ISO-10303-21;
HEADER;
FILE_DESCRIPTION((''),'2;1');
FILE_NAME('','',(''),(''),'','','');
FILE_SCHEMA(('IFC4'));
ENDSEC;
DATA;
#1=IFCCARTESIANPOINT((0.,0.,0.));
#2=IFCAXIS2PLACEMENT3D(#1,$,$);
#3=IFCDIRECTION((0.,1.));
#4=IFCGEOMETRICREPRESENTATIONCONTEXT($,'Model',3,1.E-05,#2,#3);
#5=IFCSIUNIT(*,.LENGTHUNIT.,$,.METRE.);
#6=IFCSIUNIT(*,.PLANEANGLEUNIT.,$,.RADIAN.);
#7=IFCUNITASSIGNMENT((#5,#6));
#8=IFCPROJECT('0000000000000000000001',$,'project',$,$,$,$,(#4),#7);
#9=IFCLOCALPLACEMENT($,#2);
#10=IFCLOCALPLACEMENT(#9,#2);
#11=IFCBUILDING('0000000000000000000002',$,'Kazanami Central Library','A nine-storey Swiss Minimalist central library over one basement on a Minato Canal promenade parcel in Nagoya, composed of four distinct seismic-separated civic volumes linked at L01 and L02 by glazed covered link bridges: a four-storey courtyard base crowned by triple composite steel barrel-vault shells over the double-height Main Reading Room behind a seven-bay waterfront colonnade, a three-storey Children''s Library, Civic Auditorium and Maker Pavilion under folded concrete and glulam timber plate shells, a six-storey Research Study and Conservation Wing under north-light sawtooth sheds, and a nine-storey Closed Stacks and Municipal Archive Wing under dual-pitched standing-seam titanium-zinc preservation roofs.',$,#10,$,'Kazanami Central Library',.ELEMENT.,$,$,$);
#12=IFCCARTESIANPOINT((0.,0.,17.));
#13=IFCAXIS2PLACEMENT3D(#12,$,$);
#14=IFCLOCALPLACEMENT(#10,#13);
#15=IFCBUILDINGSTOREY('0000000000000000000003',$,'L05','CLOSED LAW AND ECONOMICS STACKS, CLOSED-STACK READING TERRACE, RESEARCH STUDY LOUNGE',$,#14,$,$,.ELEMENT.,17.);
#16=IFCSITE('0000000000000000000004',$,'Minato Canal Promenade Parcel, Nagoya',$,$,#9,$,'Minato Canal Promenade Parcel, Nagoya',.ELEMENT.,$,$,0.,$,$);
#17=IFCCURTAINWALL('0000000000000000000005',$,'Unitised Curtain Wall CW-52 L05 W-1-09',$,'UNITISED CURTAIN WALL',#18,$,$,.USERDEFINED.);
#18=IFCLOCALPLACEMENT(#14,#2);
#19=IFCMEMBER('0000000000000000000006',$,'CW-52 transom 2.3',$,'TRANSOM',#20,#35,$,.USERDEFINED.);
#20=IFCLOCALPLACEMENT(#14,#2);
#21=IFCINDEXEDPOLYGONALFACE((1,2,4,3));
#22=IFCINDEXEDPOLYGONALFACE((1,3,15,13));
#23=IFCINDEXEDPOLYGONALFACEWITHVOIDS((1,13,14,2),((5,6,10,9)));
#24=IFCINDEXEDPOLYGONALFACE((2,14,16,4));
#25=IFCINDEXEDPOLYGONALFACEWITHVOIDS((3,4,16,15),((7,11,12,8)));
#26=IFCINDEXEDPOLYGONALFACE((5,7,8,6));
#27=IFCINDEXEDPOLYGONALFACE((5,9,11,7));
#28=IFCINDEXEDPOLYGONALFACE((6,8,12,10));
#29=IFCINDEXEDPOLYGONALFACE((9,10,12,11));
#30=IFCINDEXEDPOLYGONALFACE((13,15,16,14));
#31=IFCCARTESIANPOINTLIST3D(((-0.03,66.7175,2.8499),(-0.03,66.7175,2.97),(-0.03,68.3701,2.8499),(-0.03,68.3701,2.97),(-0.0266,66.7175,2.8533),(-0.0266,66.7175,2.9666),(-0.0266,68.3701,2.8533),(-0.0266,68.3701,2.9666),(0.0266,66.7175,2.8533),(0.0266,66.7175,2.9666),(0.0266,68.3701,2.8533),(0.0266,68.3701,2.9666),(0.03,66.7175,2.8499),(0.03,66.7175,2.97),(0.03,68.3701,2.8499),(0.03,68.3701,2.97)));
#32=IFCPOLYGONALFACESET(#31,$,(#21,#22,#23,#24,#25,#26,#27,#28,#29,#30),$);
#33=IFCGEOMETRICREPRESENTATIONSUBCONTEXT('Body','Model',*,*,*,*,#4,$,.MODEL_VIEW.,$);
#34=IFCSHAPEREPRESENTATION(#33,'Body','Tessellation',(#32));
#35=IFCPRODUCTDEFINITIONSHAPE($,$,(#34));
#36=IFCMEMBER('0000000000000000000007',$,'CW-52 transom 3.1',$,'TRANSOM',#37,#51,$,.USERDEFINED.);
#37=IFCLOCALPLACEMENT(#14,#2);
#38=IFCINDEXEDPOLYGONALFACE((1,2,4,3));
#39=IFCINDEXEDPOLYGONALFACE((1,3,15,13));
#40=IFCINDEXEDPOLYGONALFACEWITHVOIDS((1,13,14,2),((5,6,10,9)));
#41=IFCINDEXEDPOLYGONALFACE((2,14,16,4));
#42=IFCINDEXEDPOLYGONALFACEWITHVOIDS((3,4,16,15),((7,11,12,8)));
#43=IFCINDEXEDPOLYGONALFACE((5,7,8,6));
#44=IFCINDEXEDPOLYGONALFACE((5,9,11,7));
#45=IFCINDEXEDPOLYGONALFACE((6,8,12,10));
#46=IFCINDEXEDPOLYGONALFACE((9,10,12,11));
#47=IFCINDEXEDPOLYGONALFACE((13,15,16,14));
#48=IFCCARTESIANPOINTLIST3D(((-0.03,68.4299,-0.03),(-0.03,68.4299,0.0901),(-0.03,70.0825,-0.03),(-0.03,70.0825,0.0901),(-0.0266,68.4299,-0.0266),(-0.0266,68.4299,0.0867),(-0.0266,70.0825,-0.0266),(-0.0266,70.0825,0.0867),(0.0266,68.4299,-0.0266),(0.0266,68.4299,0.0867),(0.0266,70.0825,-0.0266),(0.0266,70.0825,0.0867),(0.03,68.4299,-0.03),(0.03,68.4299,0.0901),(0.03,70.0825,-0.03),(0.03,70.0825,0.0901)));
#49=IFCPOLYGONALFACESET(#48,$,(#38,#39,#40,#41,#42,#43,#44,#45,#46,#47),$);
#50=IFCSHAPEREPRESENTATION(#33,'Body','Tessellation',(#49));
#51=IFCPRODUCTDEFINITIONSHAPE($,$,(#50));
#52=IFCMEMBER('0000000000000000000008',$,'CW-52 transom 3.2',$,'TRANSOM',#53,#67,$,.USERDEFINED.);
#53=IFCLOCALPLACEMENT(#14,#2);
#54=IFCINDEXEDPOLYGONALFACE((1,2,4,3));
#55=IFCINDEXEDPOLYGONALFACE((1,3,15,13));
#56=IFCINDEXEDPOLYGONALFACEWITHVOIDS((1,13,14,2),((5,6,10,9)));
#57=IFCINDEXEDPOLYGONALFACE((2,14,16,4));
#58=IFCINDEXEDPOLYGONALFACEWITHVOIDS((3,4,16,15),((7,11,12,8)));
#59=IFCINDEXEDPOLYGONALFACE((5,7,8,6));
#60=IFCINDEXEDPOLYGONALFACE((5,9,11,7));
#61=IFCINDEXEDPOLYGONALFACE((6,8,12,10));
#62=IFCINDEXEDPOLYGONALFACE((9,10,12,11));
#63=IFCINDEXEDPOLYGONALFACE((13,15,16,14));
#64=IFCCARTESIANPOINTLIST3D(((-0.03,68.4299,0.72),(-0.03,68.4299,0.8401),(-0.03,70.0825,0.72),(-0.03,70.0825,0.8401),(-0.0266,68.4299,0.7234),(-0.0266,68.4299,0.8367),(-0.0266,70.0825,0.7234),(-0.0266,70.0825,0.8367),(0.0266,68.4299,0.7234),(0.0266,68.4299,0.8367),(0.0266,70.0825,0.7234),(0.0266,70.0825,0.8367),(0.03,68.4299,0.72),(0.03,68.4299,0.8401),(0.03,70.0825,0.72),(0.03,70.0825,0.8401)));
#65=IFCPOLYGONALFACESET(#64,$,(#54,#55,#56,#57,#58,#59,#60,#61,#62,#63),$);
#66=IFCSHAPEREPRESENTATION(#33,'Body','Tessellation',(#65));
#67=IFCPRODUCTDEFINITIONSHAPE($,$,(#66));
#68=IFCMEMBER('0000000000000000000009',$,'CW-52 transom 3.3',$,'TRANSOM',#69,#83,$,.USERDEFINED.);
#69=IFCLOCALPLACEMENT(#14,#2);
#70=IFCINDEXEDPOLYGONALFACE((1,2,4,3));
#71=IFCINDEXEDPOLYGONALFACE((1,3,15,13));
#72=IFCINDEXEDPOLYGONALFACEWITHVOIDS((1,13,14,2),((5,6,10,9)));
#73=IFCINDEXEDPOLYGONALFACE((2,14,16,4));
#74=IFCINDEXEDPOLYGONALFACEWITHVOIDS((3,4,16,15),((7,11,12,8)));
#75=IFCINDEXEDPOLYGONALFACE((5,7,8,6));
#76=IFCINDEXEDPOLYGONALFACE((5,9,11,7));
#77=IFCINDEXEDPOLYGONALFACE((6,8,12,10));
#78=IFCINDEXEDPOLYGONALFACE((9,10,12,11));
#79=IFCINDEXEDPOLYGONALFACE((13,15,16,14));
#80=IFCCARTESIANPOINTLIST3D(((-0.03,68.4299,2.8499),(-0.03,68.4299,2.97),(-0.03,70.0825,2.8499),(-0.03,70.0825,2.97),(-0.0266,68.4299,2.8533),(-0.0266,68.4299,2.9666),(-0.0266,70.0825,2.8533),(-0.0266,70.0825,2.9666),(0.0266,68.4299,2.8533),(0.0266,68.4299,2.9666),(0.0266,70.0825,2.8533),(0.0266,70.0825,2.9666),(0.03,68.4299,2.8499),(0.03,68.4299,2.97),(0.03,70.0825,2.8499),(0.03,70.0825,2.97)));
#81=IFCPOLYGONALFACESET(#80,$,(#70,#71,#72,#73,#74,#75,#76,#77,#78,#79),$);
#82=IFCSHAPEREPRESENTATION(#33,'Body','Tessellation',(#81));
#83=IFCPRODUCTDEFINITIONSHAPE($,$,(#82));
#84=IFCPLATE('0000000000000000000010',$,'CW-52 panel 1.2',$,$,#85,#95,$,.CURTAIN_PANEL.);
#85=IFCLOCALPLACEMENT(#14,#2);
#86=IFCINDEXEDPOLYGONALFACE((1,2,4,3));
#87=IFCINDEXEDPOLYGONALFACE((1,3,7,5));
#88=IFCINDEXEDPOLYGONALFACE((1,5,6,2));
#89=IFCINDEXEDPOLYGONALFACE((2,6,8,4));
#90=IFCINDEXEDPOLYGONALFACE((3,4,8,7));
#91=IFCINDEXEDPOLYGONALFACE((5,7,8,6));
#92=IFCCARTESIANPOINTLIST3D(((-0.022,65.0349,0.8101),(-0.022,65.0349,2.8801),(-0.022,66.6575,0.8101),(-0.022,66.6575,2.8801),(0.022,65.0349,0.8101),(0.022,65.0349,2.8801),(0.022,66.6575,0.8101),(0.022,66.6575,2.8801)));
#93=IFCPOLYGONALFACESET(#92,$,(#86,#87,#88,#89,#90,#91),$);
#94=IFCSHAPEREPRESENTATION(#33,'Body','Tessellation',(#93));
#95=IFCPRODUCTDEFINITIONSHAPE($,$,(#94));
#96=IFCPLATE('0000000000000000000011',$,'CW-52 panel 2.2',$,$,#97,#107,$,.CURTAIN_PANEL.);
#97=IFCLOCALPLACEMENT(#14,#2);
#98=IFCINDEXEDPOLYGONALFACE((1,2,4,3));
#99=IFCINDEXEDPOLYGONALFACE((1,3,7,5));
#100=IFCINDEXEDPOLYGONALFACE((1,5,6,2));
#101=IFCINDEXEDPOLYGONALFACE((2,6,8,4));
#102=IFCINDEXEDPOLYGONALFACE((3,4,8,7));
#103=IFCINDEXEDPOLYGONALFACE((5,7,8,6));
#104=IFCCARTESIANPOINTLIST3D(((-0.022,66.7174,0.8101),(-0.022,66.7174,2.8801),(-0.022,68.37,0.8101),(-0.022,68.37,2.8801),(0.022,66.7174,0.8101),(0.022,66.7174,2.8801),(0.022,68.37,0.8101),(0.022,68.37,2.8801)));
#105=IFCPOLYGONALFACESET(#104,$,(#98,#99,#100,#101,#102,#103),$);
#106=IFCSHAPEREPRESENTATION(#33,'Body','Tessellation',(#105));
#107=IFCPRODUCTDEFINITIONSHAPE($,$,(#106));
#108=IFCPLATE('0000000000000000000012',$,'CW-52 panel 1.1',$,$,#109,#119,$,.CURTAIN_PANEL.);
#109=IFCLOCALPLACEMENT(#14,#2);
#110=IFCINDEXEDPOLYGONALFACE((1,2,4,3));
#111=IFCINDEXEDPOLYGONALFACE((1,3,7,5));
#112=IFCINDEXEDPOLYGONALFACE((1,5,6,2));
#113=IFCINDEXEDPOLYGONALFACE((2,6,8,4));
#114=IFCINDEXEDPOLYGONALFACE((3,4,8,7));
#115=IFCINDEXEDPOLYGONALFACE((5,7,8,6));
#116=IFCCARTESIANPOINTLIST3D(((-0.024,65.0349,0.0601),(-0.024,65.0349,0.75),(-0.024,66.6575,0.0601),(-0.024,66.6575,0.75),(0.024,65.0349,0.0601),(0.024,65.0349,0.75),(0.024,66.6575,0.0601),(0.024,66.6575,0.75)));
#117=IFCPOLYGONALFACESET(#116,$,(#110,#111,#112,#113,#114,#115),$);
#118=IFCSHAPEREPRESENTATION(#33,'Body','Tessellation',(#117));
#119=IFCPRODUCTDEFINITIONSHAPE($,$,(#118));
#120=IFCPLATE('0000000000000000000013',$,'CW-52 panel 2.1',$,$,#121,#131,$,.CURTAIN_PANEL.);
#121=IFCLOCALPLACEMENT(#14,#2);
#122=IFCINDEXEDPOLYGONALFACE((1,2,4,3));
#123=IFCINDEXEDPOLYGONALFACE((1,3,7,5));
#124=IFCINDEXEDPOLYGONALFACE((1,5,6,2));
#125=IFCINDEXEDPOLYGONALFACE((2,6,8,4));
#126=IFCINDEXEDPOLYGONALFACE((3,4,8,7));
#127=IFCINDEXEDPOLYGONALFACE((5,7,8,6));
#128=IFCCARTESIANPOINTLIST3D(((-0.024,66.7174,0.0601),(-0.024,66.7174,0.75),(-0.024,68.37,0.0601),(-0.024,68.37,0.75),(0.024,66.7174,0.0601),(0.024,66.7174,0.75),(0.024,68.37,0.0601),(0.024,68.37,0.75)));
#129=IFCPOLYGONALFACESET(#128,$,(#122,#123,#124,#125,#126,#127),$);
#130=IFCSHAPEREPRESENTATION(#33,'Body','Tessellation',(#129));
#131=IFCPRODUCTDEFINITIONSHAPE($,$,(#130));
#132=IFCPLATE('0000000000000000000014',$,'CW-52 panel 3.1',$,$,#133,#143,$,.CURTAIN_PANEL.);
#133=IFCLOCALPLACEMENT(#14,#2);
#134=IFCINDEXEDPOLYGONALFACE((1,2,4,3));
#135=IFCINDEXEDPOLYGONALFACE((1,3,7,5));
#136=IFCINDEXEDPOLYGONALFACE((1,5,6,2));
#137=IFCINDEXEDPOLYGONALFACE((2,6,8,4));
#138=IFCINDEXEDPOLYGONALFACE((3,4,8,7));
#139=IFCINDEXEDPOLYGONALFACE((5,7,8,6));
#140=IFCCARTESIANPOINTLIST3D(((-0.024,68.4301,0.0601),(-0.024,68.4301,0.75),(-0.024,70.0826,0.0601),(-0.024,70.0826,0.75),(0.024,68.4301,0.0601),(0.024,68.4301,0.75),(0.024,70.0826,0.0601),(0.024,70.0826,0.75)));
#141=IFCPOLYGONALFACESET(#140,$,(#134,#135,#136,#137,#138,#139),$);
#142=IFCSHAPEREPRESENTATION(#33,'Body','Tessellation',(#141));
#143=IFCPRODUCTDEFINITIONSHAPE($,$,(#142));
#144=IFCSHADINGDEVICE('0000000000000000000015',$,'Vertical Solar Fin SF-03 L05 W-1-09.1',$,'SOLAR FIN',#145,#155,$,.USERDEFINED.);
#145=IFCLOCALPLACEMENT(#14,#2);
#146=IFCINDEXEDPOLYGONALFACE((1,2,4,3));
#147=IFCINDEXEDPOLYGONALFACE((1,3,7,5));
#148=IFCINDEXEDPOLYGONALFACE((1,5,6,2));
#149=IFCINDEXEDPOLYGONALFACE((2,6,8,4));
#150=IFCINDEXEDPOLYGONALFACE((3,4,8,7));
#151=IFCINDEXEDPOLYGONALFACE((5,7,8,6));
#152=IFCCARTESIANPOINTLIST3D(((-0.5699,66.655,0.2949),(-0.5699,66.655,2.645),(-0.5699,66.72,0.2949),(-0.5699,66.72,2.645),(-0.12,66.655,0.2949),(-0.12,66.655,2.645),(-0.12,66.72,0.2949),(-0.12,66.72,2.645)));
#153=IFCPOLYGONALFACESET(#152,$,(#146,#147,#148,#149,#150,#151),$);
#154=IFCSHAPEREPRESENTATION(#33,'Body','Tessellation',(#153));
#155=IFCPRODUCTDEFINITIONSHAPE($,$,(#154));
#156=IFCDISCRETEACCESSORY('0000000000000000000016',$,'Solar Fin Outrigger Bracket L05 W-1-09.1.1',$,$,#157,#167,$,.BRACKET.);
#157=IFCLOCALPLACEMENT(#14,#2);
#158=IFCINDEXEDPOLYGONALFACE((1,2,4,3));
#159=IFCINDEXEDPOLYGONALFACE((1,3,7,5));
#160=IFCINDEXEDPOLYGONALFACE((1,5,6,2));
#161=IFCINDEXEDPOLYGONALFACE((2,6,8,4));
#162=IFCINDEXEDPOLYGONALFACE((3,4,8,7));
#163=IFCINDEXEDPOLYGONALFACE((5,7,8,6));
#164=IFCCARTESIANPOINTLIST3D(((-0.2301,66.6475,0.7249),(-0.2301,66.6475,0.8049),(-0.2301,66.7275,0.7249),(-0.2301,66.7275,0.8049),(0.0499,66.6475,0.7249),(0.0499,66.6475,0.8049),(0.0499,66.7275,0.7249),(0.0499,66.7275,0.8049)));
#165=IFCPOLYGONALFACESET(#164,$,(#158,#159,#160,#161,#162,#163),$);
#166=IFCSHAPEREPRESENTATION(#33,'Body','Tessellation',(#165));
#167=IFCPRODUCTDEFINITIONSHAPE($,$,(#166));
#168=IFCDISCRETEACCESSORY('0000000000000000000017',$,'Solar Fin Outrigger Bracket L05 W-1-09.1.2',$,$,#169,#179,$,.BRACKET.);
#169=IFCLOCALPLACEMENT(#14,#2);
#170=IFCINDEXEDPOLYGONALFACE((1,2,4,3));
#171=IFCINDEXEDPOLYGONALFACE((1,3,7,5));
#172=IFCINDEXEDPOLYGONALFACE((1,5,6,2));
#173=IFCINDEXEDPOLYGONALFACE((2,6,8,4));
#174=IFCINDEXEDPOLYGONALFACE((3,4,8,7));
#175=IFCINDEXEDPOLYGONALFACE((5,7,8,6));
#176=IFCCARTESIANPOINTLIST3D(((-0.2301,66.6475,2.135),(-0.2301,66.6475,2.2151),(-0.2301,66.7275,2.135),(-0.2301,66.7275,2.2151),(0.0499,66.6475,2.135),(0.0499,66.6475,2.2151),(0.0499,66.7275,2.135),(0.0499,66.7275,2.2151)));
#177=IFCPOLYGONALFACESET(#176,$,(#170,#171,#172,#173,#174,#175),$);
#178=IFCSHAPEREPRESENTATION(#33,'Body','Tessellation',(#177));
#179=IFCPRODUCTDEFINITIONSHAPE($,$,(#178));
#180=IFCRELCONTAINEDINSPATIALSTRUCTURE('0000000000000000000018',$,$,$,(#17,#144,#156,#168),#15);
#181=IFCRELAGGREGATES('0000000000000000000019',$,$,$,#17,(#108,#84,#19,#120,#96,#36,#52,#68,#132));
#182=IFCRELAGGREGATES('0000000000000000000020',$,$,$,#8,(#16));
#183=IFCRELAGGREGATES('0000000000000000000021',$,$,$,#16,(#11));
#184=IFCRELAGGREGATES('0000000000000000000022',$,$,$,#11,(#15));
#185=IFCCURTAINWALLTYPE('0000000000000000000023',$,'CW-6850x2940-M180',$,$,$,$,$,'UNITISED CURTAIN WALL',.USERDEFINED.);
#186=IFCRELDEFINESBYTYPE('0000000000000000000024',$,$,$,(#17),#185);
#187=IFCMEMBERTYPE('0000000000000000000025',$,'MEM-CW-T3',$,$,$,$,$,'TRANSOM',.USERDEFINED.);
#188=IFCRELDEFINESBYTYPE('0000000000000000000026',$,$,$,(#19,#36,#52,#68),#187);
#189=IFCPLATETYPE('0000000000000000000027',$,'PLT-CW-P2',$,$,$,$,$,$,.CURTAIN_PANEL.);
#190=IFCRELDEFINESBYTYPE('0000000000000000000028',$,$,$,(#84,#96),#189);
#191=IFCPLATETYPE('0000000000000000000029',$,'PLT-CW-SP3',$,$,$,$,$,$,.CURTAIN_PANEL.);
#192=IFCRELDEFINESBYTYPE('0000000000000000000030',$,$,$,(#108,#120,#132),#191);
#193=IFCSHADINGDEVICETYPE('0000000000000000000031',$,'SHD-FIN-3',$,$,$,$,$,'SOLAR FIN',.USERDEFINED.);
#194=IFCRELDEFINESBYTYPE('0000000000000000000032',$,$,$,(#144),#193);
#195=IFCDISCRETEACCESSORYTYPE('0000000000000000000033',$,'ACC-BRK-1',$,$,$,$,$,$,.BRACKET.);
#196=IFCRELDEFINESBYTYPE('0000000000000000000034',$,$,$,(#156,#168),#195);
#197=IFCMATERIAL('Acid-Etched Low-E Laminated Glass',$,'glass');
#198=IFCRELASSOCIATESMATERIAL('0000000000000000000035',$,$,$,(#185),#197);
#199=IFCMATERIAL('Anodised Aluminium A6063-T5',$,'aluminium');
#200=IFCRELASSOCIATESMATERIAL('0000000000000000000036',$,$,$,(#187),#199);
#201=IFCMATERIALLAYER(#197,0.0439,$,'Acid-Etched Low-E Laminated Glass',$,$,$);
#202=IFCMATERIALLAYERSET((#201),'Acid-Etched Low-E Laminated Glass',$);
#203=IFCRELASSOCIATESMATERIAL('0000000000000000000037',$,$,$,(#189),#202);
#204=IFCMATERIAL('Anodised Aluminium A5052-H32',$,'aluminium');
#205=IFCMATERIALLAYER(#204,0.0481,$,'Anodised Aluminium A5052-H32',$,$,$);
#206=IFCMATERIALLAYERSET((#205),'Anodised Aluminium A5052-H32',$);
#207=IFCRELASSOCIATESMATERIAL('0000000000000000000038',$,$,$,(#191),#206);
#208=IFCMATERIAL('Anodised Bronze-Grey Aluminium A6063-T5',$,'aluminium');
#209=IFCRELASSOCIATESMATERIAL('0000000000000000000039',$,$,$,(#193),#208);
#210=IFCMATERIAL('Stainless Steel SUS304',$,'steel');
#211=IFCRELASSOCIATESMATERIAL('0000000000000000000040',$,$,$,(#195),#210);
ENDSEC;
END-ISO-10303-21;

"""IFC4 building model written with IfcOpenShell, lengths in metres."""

from ifc_helpers import new_model, si_unit, direction, frame, origin, origin_2d, place, context, subcontext, project, spatial, rectangle, hollow_rectangle, extrude, material, layer, layer_set, material_profile, profile_set, type_object, element, aggregate, save


model = new_model("IFC4")

# Units and contexts
model_context = context("Model", 3, precision=1e-05, world=origin(), true_north=direction((0.0, 1.0)))
body_context = subcontext(model_context, "Body", "Model", "MODEL_VIEW")
ifc_project = project(units=[si_unit("LENGTHUNIT", "METRE"), si_unit("PLANEANGLEUNIT", "RADIAN")], contexts=[model_context])

# Site, building, storey
site_placement = place(None, origin())
site = spatial("IfcSite", under=ifc_project, at=site_placement, Name="Minato Canal Promenade Parcel, Nagoya", LongName="Minato Canal Promenade Parcel, Nagoya", CompositionType="ELEMENT", RefElevation=0.0)
building_placement = place(site_placement, origin())
building = spatial("IfcBuilding", under=site, at=building_placement, Name="Kazanami Central Library", Description="A nine-storey Swiss Minimalist central library over one basement on a Minato Canal promenade parcel in Nagoya, composed of four distinct seismic-separated civic volumes linked at L01 and L02 by glazed covered link bridges: a four-storey courtyard base crowned by triple composite steel barrel-vault shells over the double-height Main Reading Room behind a seven-bay waterfront colonnade, a three-storey Children's Library, Civic Auditorium and Maker Pavilion under folded concrete and glulam timber plate shells, a six-storey Research Study and Conservation Wing under north-light sawtooth sheds, and a nine-storey Closed Stacks and Municipal Archive Wing under dual-pitched standing-seam titanium-zinc preservation roofs.", LongName="Kazanami Central Library", CompositionType="ELEMENT")
storey_placement = place(building_placement, frame((0.0, 0.0, 17.0)))
storey = spatial("IfcBuildingStorey", under=building, at=storey_placement, Name="L05", Description="CLOSED LAW AND ECONOMICS STACKS, CLOSED-STACK READING TERRACE, RESEARCH STUDY LOUNGE", CompositionType="ELEMENT", Elevation=17.0)

# Curtain wall, members, plates
ifc_material_1 = material(Name="Acid-Etched Low-E Laminated Glass", Category="glass")
curtain_wall_type = type_object("IfcCurtainWallType", Name="CW-6850x2940-M180", ElementType="UNITISED CURTAIN WALL", PredefinedType="USERDEFINED", material=ifc_material_1)
curtain_wall_placement = place(storey_placement, origin())
curtain_wall = element("IfcCurtainWall", 1, at=curtain_wall_placement, inside=storey, type_object=curtain_wall_type, Name="Unitised Curtain Wall CW-52 L05 W-1-09", ObjectType="UNITISED CURTAIN WALL", PredefinedType="USERDEFINED")
ifc_material_2 = material(Name="Anodised Aluminium A6063-T5", Category="aluminium")
ifc_material_profile_1 = material_profile(ifc_material_2, hollow_rectangle(XDim=0.0601, YDim=0.1201, WallThickness=0.0034, at=origin_2d()), Name="ALU-TRAN-60x120x3.5")
ifc_profile_set_1 = profile_set([ifc_material_profile_1], Name="Anodised Aluminium A6063-T5")
member_type_1 = type_object("IfcMemberType", Name="MEM-CW-T3", ElementType="TRANSOM", PredefinedType="USERDEFINED", material=ifc_profile_set_1)
member_1_placement = place(storey_placement, frame((0.0, 66.7175, 2.9099), z_axis=(0.0, 1.0, 0.0), x_axis=(-1.0, 0.0, 0.0)))
member_1 = element("IfcMember", 2, at=member_1_placement, type_object=member_type_1, Name="CW-52 transom 2.3", ObjectType="TRANSOM", PredefinedType="USERDEFINED", context=body_context, shape_type="SweptSolid", body=[
    extrude(hollow_rectangle(XDim=0.0601, YDim=0.1201, WallThickness=0.0034, at=origin_2d()), origin(), (0.0, 0.0, 1.0), 1.6526),
])
member_2_placement = place(storey_placement, frame((0.0, 68.4299, 0.03), z_axis=(0.0, 1.0, 0.0), x_axis=(-1.0, 0.0, 0.0)))
member_2 = element("IfcMember", 3, at=member_2_placement, type_object=member_type_1, Name="CW-52 transom 3.1", ObjectType="TRANSOM", PredefinedType="USERDEFINED", context=body_context, shape_type="SweptSolid", body=[
    extrude(hollow_rectangle(XDim=0.0601, YDim=0.1201, WallThickness=0.0034, at=origin_2d()), origin(), (0.0, 0.0, 1.0), 1.6526),
])
member_3_placement = place(storey_placement, frame((0.0, 68.4299, 0.78), z_axis=(0.0, 1.0, 0.0), x_axis=(-1.0, 0.0, 0.0)))
member_3 = element("IfcMember", 4, at=member_3_placement, type_object=member_type_1, Name="CW-52 transom 3.2", ObjectType="TRANSOM", PredefinedType="USERDEFINED", context=body_context, shape_type="SweptSolid", body=[
    extrude(hollow_rectangle(XDim=0.0601, YDim=0.1201, WallThickness=0.0034, at=origin_2d()), origin(), (0.0, 0.0, 1.0), 1.6526),
])
member_4_placement = place(storey_placement, frame((0.0, 68.4299, 2.9099), z_axis=(0.0, 1.0, 0.0), x_axis=(-1.0, 0.0, 0.0)))
member_4 = element("IfcMember", 5, at=member_4_placement, type_object=member_type_1, Name="CW-52 transom 3.3", ObjectType="TRANSOM", PredefinedType="USERDEFINED", context=body_context, shape_type="SweptSolid", body=[
    extrude(hollow_rectangle(XDim=0.0601, YDim=0.1201, WallThickness=0.0034, at=origin_2d()), origin(), (0.0, 0.0, 1.0), 1.6526),
])
ifc_layer_1 = layer(ifc_material_1, 0.0439, Name="Acid-Etched Low-E Laminated Glass")
ifc_layer_set_1 = layer_set([ifc_layer_1], Name="Acid-Etched Low-E Laminated Glass")
plate_type_1 = type_object("IfcPlateType", Name="PLT-CW-P2", PredefinedType="CURTAIN_PANEL", material=ifc_layer_set_1)
plate_1_placement = place(storey_placement, frame((0.0, 65.8462, 0.8101), z_axis=(0.0, 0.0, 1.0), x_axis=(0.0, 1.0, 0.0)))
plate_1 = element("IfcPlate", 6, at=plate_1_placement, type_object=plate_type_1, Name="CW-52 panel 1.2", PredefinedType="CURTAIN_PANEL", context=body_context, shape_type="SweptSolid", body=[
    extrude(rectangle(XDim=1.6226, YDim=0.0439, at=origin_2d()), origin(), (0.0, 0.0, 1.0), 2.0701),
])
plate_2_placement = place(storey_placement, frame((0.0, 67.5437, 0.8101), z_axis=(0.0, 0.0, 1.0), x_axis=(0.0, 1.0, 0.0)))
plate_2 = element("IfcPlate", 7, at=plate_2_placement, type_object=plate_type_1, Name="CW-52 panel 2.2", PredefinedType="CURTAIN_PANEL", context=body_context, shape_type="SweptSolid", body=[
    extrude(rectangle(XDim=1.6526, YDim=0.0439, at=origin_2d()), origin(), (0.0, 0.0, 1.0), 2.0701),
])
ifc_material_3 = material(Name="Anodised Aluminium A5052-H32", Category="aluminium")
ifc_layer_2 = layer(ifc_material_3, 0.0481, Name="Anodised Aluminium A5052-H32")
ifc_layer_set_2 = layer_set([ifc_layer_2], Name="Anodised Aluminium A5052-H32")
plate_type_2 = type_object("IfcPlateType", Name="PLT-CW-SP3", PredefinedType="CURTAIN_PANEL", material=ifc_layer_set_2)
plate_3_placement = place(storey_placement, frame((0.0, 65.8462, 0.0601), z_axis=(0.0, 0.0, 1.0), x_axis=(0.0, 1.0, 0.0)))
plate_3 = element("IfcPlate", 8, at=plate_3_placement, type_object=plate_type_2, Name="CW-52 panel 1.1", PredefinedType="CURTAIN_PANEL", context=body_context, shape_type="SweptSolid", body=[
    extrude(rectangle(XDim=1.6226, YDim=0.0481, at=origin_2d()), origin(), (0.0, 0.0, 1.0), 0.6899),
])
plate_4_placement = place(storey_placement, frame((0.0, 67.5437, 0.0601), z_axis=(0.0, 0.0, 1.0), x_axis=(0.0, 1.0, 0.0)))
plate_4 = element("IfcPlate", 9, at=plate_4_placement, type_object=plate_type_2, Name="CW-52 panel 2.1", PredefinedType="CURTAIN_PANEL", context=body_context, shape_type="SweptSolid", body=[
    extrude(rectangle(XDim=1.6526, YDim=0.0481, at=origin_2d()), origin(), (0.0, 0.0, 1.0), 0.6899),
])
plate_5_placement = place(storey_placement, frame((0.0, 69.2563, 0.0601), z_axis=(0.0, 0.0, 1.0), x_axis=(0.0, 1.0, 0.0)))
plate_5 = element("IfcPlate", 10, at=plate_5_placement, type_object=plate_type_2, Name="CW-52 panel 3.1", PredefinedType="CURTAIN_PANEL", context=body_context, shape_type="SweptSolid", body=[
    extrude(rectangle(XDim=1.6526, YDim=0.0481, at=origin_2d()), origin(), (0.0, 0.0, 1.0), 0.6899),
])
aggregate(curtain_wall, [plate_3, plate_1, member_1, plate_4, plate_2, member_2, member_3, member_4, plate_5])

# Shading device
ifc_material_4 = material(Name="Anodised Bronze-Grey Aluminium A6063-T5", Category="aluminium")
shading_device_type = type_object("IfcShadingDeviceType", Name="SHD-FIN-3", ElementType="SOLAR FIN", PredefinedType="USERDEFINED", material=ifc_material_4)
shading_device_placement = place(storey_placement, frame((-0.345, 66.6875, 0.2949), z_axis=(0.0, 0.0, 1.0), x_axis=(0.0, 1.0, 0.0)))
element("IfcShadingDevice", 11, at=shading_device_placement, inside=storey, type_object=shading_device_type, Name="Vertical Solar Fin SF-03 L05 W-1-09.1", ObjectType="SOLAR FIN", PredefinedType="USERDEFINED", context=body_context, shape_type="SweptSolid", body=[
    extrude(rectangle(XDim=0.0649, YDim=0.45, at=origin_2d()), origin(), (0.0, 0.0, 1.0), 2.3501),
])

# Discrete accessories
ifc_material_5 = material(Name="Stainless Steel SUS304", Category="steel")
discrete_accessory_type = type_object("IfcDiscreteAccessoryType", Name="ACC-BRK-1", PredefinedType="BRACKET", material=ifc_material_5)
for number, where, z_axis, x_axis, name in (
    (12, (-0.0901, 66.6875, 0.7249), (0.0, 0.0, 1.0), (0.0, 1.0, 0.0), "Solar Fin Outrigger Bracket L05 W-1-09.1.1"),
    (13, (-0.0901, 66.6875, 2.135), (0.0, 0.0, 1.0), (0.0, 1.0, 0.0), "Solar Fin Outrigger Bracket L05 W-1-09.1.2"),
):
    element("IfcDiscreteAccessory", number, at=place(storey_placement, frame(where, z_axis=z_axis, x_axis=x_axis)), inside=storey, type_object=discrete_accessory_type, Name=name, PredefinedType="BRACKET", context=body_context, shape_type="SweptSolid", body=[
        extrude(rectangle(XDim=0.0801, YDim=0.28, at=origin_2d()), origin(), (0.0, 0.0, 1.0), 0.0801),
    ])

save(model, "model.ifc")
